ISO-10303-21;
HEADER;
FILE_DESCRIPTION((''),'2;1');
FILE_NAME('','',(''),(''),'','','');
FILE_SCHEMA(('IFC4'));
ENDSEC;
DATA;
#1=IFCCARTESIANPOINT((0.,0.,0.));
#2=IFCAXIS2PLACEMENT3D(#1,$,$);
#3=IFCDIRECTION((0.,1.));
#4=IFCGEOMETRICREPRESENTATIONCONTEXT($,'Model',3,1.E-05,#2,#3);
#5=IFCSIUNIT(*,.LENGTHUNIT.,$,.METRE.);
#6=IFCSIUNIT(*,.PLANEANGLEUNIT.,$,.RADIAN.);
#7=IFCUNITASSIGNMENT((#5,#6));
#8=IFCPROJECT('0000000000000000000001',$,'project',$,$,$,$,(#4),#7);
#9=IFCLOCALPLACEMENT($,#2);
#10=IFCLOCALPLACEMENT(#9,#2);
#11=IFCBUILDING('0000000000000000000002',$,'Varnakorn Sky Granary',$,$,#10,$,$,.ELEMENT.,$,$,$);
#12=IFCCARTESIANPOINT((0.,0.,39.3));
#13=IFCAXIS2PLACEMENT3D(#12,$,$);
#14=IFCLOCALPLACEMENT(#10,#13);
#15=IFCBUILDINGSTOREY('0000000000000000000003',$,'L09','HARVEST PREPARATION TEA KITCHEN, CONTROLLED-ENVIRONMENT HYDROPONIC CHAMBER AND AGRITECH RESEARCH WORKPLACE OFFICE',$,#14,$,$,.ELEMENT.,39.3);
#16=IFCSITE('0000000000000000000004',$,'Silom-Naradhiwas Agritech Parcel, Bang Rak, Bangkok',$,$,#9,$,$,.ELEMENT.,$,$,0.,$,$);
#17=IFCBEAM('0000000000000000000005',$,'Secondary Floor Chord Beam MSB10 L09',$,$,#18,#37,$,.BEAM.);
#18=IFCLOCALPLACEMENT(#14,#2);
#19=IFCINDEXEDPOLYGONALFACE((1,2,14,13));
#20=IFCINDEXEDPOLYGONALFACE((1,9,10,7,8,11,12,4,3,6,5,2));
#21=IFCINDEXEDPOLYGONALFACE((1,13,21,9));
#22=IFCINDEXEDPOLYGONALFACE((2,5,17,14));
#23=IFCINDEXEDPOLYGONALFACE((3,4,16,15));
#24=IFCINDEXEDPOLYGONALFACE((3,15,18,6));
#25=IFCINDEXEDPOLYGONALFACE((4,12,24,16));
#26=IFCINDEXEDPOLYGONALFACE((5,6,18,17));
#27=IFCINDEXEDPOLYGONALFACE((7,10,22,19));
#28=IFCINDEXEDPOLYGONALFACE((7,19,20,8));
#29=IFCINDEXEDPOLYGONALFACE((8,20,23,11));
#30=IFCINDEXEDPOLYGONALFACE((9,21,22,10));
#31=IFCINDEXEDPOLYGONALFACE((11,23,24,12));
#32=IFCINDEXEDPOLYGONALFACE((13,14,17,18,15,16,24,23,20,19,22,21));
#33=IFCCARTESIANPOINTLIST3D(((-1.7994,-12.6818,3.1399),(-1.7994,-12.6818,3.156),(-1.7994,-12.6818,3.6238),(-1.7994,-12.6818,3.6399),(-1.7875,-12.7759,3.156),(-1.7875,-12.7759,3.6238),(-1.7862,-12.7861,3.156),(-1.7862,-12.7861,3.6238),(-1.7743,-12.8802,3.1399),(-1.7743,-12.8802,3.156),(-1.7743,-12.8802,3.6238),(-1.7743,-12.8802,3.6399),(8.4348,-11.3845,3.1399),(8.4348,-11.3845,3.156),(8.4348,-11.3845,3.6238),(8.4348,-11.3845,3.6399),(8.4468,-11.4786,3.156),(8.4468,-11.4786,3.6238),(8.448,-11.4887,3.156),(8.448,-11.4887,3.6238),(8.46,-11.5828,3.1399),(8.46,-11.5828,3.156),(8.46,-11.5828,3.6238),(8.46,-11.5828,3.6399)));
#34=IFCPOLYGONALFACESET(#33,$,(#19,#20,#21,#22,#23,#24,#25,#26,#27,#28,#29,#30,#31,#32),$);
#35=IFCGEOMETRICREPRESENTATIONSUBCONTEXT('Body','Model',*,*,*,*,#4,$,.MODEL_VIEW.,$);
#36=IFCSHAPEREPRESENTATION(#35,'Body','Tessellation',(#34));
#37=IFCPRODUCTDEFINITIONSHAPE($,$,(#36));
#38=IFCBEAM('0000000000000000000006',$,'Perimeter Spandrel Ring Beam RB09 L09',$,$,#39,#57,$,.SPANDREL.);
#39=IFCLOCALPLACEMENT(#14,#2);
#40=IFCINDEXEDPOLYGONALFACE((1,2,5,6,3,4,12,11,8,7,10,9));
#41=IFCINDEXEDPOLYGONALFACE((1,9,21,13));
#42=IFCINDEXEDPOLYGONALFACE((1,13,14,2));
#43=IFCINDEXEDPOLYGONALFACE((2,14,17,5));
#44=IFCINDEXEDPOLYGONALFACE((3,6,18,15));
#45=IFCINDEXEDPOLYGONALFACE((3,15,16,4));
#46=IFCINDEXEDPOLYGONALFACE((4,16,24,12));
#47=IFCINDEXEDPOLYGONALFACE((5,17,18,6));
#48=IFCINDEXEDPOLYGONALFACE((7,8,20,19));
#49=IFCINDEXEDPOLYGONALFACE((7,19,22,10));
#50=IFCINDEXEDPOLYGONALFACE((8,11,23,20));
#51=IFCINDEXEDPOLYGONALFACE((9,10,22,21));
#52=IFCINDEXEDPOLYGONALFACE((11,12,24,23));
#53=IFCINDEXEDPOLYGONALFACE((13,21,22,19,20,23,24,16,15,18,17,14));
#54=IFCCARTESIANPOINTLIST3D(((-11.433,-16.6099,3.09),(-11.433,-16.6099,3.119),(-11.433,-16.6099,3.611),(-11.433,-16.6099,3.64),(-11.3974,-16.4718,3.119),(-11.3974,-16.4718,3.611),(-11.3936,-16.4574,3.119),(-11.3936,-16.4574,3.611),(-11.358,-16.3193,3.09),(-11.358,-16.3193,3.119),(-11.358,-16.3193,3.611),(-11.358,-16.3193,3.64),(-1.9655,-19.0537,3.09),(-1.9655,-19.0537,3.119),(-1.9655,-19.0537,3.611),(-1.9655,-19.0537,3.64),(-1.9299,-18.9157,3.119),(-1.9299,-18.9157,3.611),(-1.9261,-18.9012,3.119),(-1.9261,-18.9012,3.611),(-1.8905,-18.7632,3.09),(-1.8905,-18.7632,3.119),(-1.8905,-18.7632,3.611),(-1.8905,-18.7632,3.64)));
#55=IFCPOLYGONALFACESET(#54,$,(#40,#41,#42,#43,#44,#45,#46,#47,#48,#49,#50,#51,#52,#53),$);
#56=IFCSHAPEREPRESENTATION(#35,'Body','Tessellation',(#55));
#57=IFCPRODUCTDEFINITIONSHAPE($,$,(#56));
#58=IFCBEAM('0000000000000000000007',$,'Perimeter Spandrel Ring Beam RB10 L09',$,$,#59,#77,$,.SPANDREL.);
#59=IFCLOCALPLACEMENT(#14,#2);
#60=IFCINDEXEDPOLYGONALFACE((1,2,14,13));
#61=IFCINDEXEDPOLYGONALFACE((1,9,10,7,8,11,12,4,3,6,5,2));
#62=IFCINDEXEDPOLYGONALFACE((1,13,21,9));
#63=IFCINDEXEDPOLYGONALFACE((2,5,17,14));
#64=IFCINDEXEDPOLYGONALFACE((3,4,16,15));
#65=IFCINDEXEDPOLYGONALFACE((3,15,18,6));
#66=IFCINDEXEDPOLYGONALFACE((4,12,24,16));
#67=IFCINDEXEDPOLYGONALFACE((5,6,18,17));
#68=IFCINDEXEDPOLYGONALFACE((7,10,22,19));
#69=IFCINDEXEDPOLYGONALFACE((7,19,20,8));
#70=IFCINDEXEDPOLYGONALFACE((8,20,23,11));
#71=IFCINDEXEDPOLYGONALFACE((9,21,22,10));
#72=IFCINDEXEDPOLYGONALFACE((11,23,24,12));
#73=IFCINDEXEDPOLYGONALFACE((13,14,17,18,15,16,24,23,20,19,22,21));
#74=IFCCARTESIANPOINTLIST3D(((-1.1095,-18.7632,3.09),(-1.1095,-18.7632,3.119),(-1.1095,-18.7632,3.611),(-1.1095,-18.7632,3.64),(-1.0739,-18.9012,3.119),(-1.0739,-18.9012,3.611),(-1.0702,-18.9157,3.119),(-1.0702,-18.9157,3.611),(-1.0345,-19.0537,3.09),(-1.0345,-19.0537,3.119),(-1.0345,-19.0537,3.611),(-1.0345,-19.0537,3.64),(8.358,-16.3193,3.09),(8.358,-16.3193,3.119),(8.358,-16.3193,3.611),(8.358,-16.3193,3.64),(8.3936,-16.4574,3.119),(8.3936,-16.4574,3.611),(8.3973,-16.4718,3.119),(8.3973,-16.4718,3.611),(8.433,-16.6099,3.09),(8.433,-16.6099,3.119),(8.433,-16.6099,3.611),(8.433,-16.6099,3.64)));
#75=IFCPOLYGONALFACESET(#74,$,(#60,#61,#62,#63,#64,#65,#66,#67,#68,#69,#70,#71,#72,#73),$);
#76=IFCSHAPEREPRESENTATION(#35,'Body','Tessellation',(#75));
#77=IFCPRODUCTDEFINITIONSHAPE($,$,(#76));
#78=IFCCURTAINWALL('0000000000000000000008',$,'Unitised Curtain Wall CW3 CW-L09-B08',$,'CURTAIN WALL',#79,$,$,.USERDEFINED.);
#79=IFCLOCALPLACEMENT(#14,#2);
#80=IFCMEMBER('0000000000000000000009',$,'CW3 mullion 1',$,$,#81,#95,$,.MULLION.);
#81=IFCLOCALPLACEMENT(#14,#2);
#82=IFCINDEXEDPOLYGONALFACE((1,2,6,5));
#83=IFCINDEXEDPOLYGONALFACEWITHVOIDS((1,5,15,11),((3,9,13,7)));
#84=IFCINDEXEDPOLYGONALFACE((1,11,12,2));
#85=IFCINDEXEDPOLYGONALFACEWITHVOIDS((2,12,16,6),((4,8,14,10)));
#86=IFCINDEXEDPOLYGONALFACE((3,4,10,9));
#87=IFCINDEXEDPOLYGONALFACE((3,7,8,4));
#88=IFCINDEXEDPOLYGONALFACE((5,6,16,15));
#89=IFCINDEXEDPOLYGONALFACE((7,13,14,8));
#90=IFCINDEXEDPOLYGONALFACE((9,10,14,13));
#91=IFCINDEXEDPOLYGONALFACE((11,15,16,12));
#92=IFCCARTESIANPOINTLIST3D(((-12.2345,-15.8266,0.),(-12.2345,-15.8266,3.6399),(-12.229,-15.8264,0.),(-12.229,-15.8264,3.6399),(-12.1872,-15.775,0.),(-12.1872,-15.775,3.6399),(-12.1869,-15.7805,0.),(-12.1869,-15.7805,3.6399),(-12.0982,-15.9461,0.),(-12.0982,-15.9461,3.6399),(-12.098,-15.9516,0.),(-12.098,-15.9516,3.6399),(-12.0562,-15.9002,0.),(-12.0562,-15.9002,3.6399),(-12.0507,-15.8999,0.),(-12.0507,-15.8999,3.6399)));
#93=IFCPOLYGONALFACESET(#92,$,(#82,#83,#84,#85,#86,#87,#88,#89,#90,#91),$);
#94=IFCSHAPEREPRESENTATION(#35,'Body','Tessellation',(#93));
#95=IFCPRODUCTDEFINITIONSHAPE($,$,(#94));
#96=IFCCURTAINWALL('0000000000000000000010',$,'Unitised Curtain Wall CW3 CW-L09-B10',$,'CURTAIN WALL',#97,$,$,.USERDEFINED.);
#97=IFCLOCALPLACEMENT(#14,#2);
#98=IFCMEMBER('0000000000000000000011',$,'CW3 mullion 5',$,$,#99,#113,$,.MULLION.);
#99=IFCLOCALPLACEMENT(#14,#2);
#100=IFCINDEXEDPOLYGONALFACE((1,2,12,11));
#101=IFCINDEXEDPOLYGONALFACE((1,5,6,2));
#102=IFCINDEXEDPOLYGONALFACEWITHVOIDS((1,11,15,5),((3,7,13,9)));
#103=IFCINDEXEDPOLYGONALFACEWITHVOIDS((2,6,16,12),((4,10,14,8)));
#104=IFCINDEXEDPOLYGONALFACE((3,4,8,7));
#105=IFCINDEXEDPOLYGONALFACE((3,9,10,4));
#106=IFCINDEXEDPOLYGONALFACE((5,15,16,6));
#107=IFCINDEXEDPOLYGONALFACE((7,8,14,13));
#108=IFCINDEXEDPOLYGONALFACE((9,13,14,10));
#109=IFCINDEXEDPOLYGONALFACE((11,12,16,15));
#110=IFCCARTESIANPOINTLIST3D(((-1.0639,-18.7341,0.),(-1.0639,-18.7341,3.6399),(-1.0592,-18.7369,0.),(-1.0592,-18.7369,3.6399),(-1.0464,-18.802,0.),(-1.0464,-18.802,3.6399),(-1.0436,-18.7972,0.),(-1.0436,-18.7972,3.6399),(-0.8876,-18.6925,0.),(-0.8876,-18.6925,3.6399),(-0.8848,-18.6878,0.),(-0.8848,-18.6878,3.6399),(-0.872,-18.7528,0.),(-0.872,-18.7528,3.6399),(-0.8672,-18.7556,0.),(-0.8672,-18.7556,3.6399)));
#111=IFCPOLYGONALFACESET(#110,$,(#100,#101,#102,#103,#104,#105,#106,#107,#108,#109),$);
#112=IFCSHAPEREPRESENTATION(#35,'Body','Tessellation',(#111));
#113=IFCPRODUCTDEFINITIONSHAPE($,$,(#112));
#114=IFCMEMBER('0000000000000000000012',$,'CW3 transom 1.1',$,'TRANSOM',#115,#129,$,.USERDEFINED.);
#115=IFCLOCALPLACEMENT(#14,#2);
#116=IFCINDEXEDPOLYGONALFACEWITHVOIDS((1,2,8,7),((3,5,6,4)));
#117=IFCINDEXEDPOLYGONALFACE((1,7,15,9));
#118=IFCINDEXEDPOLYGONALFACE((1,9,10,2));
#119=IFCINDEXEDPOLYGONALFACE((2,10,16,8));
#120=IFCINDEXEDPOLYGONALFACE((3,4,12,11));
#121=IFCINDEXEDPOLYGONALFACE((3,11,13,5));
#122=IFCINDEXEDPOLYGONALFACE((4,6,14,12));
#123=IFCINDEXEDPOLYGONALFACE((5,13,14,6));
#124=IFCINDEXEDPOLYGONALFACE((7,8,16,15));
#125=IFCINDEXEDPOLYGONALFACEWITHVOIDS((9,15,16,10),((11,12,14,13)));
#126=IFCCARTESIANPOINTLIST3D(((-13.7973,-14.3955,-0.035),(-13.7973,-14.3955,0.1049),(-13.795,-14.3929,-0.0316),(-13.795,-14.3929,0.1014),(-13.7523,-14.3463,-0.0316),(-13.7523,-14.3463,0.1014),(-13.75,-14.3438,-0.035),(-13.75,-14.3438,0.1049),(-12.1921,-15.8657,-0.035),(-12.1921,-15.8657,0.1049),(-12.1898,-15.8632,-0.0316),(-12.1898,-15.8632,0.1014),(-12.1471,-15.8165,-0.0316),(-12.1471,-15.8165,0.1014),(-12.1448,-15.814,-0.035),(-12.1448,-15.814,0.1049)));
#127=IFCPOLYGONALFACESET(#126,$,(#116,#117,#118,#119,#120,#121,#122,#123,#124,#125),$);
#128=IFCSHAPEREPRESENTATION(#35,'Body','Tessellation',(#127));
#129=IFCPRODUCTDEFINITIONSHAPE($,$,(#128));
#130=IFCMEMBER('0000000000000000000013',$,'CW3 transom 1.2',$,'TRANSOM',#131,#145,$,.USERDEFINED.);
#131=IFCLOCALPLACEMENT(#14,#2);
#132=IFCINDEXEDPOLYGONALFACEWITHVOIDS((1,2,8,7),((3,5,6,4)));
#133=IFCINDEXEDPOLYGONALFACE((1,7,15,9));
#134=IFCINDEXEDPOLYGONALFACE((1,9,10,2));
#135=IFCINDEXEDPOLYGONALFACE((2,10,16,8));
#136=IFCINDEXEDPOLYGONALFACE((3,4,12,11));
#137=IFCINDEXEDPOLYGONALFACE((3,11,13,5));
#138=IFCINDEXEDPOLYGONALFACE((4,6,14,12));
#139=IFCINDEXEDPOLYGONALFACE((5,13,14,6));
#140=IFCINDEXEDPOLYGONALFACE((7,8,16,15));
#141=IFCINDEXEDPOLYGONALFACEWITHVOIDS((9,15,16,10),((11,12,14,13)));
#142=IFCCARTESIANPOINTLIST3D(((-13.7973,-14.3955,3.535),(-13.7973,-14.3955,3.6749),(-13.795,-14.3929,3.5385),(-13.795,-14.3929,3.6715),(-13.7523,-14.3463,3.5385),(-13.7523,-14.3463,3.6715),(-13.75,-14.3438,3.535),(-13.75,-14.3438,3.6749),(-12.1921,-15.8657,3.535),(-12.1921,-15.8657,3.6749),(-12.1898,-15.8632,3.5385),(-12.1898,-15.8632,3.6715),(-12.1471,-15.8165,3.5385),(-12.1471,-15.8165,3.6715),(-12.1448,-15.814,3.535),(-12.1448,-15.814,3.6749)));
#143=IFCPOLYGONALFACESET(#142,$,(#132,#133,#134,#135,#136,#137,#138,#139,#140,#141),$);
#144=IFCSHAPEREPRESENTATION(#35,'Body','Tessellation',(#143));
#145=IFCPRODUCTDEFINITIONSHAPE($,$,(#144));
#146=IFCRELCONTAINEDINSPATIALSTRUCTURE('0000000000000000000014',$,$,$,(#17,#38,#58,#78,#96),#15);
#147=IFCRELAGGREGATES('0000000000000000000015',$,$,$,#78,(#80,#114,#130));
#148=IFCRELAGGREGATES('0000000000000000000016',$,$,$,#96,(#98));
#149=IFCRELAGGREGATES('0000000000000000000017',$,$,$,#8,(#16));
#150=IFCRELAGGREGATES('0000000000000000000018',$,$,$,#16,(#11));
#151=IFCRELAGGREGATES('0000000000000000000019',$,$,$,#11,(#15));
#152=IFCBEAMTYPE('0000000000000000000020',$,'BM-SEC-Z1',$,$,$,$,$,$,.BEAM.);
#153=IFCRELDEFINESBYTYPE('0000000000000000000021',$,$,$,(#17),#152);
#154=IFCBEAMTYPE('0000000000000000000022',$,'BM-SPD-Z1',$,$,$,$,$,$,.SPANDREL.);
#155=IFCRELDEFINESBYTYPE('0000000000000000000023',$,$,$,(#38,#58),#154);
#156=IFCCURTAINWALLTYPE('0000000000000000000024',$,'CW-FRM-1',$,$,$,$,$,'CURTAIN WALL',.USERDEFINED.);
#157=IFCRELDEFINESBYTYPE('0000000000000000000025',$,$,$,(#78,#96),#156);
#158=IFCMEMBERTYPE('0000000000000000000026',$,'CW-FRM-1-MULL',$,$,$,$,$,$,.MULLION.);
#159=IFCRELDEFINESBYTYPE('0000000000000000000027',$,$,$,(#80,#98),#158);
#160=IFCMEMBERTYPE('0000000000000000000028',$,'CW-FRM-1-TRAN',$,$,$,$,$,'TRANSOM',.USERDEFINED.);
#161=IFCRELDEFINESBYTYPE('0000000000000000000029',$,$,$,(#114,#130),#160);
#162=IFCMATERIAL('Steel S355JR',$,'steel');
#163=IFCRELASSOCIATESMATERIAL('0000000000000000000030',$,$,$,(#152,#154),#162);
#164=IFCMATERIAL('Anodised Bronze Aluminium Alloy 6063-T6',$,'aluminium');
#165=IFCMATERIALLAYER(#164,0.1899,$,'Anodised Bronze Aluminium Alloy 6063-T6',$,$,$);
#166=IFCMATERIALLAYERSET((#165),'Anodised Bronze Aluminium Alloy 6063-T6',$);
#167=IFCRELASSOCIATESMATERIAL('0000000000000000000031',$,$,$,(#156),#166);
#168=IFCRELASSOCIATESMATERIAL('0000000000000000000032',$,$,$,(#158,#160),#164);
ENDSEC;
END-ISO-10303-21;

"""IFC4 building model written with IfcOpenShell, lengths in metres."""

from ifc_helpers import new_model, si_unit, direction, frame, origin, origin_2d, place, context, subcontext, project, spatial, hollow_rectangle, i_section, extrude, material, layer, layer_set, material_profile, profile_set, type_object, element, aggregate, save


model = new_model("IFC4")

# Units and contexts
model_context = context("Model", 3, precision=1e-05, world=origin(), true_north=direction((0.0, 1.0)))
body_context = subcontext(model_context, "Body", "Model", "MODEL_VIEW")
ifc_project = project(units=[si_unit("LENGTHUNIT", "METRE"), si_unit("PLANEANGLEUNIT", "RADIAN")], contexts=[model_context])

# Site, building, storey
site_placement = place(None, origin())
site = spatial("IfcSite", under=ifc_project, at=site_placement, Name="Silom-Naradhiwas Agritech Parcel, Bang Rak, Bangkok", CompositionType="ELEMENT", RefElevation=0.0)
building_placement = place(site_placement, origin())
building = spatial("IfcBuilding", under=site, at=building_placement, Name="Varnakorn Sky Granary", CompositionType="ELEMENT")
storey_placement = place(building_placement, frame((0.0, 0.0, 39.3)))
storey = spatial("IfcBuildingStorey", under=building, at=storey_placement, Name="L09", Description="HARVEST PREPARATION TEA KITCHEN, CONTROLLED-ENVIRONMENT HYDROPONIC CHAMBER AND AGRITECH RESEARCH WORKPLACE OFFICE", CompositionType="ELEMENT", Elevation=39.3)

# Beams
ifc_material_1 = material(Name="Steel S355JR", Category="steel")
ifc_material_profile_1 = material_profile(ifc_material_1, i_section(OverallWidth=0.2, OverallDepth=0.5, WebThickness=0.0103, FlangeThickness=0.0161, at=origin_2d()), Name="IPE 500")
ifc_profile_set_1 = profile_set([ifc_material_profile_1], Name="Steel S355JR")
beam_type_1 = type_object("IfcBeamType", Name="BM-SEC-Z1", PredefinedType="BEAM", material=ifc_profile_set_1)
beam_1_placement = place(storey_placement, frame((-1.7869, -12.781, 3.3899), z_axis=(0.992061, 0.125759, 0.0), x_axis=(-0.125759, 0.992061, 0.0)))
element("IfcBeam", 1, at=beam_1_placement, inside=storey, type_object=beam_type_1, Name="Secondary Floor Chord Beam MSB10 L09", PredefinedType="BEAM", context=body_context, shape_type="SweptSolid", body=[
    extrude(i_section(OverallWidth=0.2, OverallDepth=0.5, WebThickness=0.0103, FlangeThickness=0.0161, at=origin_2d()), origin(), (0.0, 0.0, 1.0), 10.3162),
])
ifc_material_profile_2 = material_profile(ifc_material_1, i_section(OverallWidth=0.3, OverallDepth=0.55, WebThickness=0.0149, FlangeThickness=0.0291, at=origin_2d()), Name="HE 550 B")
ifc_profile_set_2 = profile_set([ifc_material_profile_2], Name="Steel S355JR")
beam_type_2 = type_object("IfcBeamType", Name="BM-SPD-Z1", PredefinedType="SPANDREL", material=ifc_profile_set_2)
for number, where, z_axis, x_axis, name in (
    (2, (-11.3955, -16.4646, 3.365), (0.968262, -0.249937, 0.0), (0.249937, 0.968262, 0.0), "Perimeter Spandrel Ring Beam RB09 L09"),
    (3, (-1.072, -18.9084, 3.365), (0.968262, 0.249937, 0.0), (-0.249937, 0.968262, 0.0), "Perimeter Spandrel Ring Beam RB10 L09"),
):
    element("IfcBeam", number, at=place(storey_placement, frame(where, z_axis=z_axis, x_axis=x_axis)), inside=storey, type_object=beam_type_2, Name=name, PredefinedType="SPANDREL", context=body_context, shape_type="SweptSolid", body=[
        extrude(i_section(OverallWidth=0.3, OverallDepth=0.55, WebThickness=0.0149, FlangeThickness=0.0291, at=origin_2d()), origin(), (0.0, 0.0, 1.0), 9.7778),
    ])

# Curtain walls, members
ifc_material_2 = material(Name="Anodised Bronze Aluminium Alloy 6063-T6", Category="aluminium")
ifc_layer_1 = layer(ifc_material_2, 0.1899, Name="Anodised Bronze Aluminium Alloy 6063-T6")
ifc_layer_set_1 = layer_set([ifc_layer_1], Name="Anodised Bronze Aluminium Alloy 6063-T6")
curtain_wall_type = type_object("IfcCurtainWallType", Name="CW-FRM-1", ElementType="CURTAIN WALL", PredefinedType="USERDEFINED", material=ifc_layer_set_1)
curtain_wall_1_placement = place(storey_placement, origin())
curtain_wall_1 = element("IfcCurtainWall", 4, at=curtain_wall_1_placement, inside=storey, type_object=curtain_wall_type, Name="Unitised Curtain Wall CW3 CW-L09-B08", ObjectType="CURTAIN WALL", PredefinedType="USERDEFINED")
ifc_material_profile_3 = material_profile(ifc_material_2, hollow_rectangle(XDim=0.0701, YDim=0.1851, WallThickness=0.0039, at=origin_2d()), Name="ALU MULL 70x185")
ifc_profile_set_3 = profile_set([ifc_material_profile_3], Name="Anodised Bronze Aluminium Alloy 6063-T6")
member_type_1 = type_object("IfcMemberType", Name="CW-FRM-1-MULL", PredefinedType="MULLION", material=ifc_profile_set_3)
member_1_placement = place(storey_placement, frame((-12.1426, -15.8633, 0.0), z_axis=(0.0, 0.0, 1.0), x_axis=(-0.675389, -0.737462, 0.0)))
member_1 = element("IfcMember", 5, at=member_1_placement, type_object=member_type_1, Name="CW3 mullion 1", PredefinedType="MULLION", context=body_context, shape_type="SweptSolid", body=[
    extrude(hollow_rectangle(XDim=0.0701, YDim=0.1851, WallThickness=0.0039, at=origin_2d()), origin(), (0.0, 0.0, 1.0), 3.6399),
])
curtain_wall_2_placement = place(storey_placement, origin())
curtain_wall_2 = element("IfcCurtainWall", 6, at=curtain_wall_2_placement, inside=storey, type_object=curtain_wall_type, Name="Unitised Curtain Wall CW3 CW-L09-B10", ObjectType="CURTAIN WALL", PredefinedType="USERDEFINED")
member_2_placement = place(storey_placement, frame((-0.9656, -18.7449, 0.0), z_axis=(0.0, 0.0, 1.0), x_axis=(0.25036, -0.968153, 0.0)))
member_2 = element("IfcMember", 7, at=member_2_placement, type_object=member_type_1, Name="CW3 mullion 5", PredefinedType="MULLION", context=body_context, shape_type="SweptSolid", body=[
    extrude(hollow_rectangle(XDim=0.0701, YDim=0.1851, WallThickness=0.0039, at=origin_2d()), origin(), (0.0, 0.0, 1.0), 3.6399),
])

# Members
ifc_material_profile_4 = material_profile(ifc_material_2, hollow_rectangle(XDim=0.0701, YDim=0.1399, WallThickness=0.0034, at=origin_2d()), Name="ALU TRAN 70x140")
ifc_profile_set_4 = profile_set([ifc_material_profile_4], Name="Anodised Bronze Aluminium Alloy 6063-T6")
member_type_2 = type_object("IfcMemberType", Name="CW-FRM-1-TRAN", ElementType="TRANSOM", PredefinedType="USERDEFINED", material=ifc_profile_set_4)
member_3_placement = place(storey_placement, frame((-12.1685, -15.8398, 0.0349), z_axis=(-0.737438, 0.675415, 0.0), x_axis=(-0.675415, -0.737438, 0.0)))
member_3 = element("IfcMember", 8, at=member_3_placement, type_object=member_type_2, Name="CW3 transom 1.1", ObjectType="TRANSOM", PredefinedType="USERDEFINED", context=body_context, shape_type="SweptSolid", body=[
    extrude(hollow_rectangle(XDim=0.0701, YDim=0.1399, WallThickness=0.0034, at=origin_2d()), origin(), (0.0, 0.0, 1.0), 2.1768),
])
member_4_placement = place(storey_placement, frame((-12.1685, -15.8398, 3.605), z_axis=(-0.737438, 0.675415, 0.0), x_axis=(-0.675415, -0.737438, 0.0)))
member_4 = element("IfcMember", 9, at=member_4_placement, type_object=member_type_2, Name="CW3 transom 1.2", ObjectType="TRANSOM", PredefinedType="USERDEFINED", context=body_context, shape_type="SweptSolid", body=[
    extrude(hollow_rectangle(XDim=0.0701, YDim=0.1399, WallThickness=0.0034, at=origin_2d()), origin(), (0.0, 0.0, 1.0), 2.1768),
])
aggregate(curtain_wall_1, [member_1, member_3, member_4])

aggregate(curtain_wall_2, [member_2])

save(model, "model.ifc")
